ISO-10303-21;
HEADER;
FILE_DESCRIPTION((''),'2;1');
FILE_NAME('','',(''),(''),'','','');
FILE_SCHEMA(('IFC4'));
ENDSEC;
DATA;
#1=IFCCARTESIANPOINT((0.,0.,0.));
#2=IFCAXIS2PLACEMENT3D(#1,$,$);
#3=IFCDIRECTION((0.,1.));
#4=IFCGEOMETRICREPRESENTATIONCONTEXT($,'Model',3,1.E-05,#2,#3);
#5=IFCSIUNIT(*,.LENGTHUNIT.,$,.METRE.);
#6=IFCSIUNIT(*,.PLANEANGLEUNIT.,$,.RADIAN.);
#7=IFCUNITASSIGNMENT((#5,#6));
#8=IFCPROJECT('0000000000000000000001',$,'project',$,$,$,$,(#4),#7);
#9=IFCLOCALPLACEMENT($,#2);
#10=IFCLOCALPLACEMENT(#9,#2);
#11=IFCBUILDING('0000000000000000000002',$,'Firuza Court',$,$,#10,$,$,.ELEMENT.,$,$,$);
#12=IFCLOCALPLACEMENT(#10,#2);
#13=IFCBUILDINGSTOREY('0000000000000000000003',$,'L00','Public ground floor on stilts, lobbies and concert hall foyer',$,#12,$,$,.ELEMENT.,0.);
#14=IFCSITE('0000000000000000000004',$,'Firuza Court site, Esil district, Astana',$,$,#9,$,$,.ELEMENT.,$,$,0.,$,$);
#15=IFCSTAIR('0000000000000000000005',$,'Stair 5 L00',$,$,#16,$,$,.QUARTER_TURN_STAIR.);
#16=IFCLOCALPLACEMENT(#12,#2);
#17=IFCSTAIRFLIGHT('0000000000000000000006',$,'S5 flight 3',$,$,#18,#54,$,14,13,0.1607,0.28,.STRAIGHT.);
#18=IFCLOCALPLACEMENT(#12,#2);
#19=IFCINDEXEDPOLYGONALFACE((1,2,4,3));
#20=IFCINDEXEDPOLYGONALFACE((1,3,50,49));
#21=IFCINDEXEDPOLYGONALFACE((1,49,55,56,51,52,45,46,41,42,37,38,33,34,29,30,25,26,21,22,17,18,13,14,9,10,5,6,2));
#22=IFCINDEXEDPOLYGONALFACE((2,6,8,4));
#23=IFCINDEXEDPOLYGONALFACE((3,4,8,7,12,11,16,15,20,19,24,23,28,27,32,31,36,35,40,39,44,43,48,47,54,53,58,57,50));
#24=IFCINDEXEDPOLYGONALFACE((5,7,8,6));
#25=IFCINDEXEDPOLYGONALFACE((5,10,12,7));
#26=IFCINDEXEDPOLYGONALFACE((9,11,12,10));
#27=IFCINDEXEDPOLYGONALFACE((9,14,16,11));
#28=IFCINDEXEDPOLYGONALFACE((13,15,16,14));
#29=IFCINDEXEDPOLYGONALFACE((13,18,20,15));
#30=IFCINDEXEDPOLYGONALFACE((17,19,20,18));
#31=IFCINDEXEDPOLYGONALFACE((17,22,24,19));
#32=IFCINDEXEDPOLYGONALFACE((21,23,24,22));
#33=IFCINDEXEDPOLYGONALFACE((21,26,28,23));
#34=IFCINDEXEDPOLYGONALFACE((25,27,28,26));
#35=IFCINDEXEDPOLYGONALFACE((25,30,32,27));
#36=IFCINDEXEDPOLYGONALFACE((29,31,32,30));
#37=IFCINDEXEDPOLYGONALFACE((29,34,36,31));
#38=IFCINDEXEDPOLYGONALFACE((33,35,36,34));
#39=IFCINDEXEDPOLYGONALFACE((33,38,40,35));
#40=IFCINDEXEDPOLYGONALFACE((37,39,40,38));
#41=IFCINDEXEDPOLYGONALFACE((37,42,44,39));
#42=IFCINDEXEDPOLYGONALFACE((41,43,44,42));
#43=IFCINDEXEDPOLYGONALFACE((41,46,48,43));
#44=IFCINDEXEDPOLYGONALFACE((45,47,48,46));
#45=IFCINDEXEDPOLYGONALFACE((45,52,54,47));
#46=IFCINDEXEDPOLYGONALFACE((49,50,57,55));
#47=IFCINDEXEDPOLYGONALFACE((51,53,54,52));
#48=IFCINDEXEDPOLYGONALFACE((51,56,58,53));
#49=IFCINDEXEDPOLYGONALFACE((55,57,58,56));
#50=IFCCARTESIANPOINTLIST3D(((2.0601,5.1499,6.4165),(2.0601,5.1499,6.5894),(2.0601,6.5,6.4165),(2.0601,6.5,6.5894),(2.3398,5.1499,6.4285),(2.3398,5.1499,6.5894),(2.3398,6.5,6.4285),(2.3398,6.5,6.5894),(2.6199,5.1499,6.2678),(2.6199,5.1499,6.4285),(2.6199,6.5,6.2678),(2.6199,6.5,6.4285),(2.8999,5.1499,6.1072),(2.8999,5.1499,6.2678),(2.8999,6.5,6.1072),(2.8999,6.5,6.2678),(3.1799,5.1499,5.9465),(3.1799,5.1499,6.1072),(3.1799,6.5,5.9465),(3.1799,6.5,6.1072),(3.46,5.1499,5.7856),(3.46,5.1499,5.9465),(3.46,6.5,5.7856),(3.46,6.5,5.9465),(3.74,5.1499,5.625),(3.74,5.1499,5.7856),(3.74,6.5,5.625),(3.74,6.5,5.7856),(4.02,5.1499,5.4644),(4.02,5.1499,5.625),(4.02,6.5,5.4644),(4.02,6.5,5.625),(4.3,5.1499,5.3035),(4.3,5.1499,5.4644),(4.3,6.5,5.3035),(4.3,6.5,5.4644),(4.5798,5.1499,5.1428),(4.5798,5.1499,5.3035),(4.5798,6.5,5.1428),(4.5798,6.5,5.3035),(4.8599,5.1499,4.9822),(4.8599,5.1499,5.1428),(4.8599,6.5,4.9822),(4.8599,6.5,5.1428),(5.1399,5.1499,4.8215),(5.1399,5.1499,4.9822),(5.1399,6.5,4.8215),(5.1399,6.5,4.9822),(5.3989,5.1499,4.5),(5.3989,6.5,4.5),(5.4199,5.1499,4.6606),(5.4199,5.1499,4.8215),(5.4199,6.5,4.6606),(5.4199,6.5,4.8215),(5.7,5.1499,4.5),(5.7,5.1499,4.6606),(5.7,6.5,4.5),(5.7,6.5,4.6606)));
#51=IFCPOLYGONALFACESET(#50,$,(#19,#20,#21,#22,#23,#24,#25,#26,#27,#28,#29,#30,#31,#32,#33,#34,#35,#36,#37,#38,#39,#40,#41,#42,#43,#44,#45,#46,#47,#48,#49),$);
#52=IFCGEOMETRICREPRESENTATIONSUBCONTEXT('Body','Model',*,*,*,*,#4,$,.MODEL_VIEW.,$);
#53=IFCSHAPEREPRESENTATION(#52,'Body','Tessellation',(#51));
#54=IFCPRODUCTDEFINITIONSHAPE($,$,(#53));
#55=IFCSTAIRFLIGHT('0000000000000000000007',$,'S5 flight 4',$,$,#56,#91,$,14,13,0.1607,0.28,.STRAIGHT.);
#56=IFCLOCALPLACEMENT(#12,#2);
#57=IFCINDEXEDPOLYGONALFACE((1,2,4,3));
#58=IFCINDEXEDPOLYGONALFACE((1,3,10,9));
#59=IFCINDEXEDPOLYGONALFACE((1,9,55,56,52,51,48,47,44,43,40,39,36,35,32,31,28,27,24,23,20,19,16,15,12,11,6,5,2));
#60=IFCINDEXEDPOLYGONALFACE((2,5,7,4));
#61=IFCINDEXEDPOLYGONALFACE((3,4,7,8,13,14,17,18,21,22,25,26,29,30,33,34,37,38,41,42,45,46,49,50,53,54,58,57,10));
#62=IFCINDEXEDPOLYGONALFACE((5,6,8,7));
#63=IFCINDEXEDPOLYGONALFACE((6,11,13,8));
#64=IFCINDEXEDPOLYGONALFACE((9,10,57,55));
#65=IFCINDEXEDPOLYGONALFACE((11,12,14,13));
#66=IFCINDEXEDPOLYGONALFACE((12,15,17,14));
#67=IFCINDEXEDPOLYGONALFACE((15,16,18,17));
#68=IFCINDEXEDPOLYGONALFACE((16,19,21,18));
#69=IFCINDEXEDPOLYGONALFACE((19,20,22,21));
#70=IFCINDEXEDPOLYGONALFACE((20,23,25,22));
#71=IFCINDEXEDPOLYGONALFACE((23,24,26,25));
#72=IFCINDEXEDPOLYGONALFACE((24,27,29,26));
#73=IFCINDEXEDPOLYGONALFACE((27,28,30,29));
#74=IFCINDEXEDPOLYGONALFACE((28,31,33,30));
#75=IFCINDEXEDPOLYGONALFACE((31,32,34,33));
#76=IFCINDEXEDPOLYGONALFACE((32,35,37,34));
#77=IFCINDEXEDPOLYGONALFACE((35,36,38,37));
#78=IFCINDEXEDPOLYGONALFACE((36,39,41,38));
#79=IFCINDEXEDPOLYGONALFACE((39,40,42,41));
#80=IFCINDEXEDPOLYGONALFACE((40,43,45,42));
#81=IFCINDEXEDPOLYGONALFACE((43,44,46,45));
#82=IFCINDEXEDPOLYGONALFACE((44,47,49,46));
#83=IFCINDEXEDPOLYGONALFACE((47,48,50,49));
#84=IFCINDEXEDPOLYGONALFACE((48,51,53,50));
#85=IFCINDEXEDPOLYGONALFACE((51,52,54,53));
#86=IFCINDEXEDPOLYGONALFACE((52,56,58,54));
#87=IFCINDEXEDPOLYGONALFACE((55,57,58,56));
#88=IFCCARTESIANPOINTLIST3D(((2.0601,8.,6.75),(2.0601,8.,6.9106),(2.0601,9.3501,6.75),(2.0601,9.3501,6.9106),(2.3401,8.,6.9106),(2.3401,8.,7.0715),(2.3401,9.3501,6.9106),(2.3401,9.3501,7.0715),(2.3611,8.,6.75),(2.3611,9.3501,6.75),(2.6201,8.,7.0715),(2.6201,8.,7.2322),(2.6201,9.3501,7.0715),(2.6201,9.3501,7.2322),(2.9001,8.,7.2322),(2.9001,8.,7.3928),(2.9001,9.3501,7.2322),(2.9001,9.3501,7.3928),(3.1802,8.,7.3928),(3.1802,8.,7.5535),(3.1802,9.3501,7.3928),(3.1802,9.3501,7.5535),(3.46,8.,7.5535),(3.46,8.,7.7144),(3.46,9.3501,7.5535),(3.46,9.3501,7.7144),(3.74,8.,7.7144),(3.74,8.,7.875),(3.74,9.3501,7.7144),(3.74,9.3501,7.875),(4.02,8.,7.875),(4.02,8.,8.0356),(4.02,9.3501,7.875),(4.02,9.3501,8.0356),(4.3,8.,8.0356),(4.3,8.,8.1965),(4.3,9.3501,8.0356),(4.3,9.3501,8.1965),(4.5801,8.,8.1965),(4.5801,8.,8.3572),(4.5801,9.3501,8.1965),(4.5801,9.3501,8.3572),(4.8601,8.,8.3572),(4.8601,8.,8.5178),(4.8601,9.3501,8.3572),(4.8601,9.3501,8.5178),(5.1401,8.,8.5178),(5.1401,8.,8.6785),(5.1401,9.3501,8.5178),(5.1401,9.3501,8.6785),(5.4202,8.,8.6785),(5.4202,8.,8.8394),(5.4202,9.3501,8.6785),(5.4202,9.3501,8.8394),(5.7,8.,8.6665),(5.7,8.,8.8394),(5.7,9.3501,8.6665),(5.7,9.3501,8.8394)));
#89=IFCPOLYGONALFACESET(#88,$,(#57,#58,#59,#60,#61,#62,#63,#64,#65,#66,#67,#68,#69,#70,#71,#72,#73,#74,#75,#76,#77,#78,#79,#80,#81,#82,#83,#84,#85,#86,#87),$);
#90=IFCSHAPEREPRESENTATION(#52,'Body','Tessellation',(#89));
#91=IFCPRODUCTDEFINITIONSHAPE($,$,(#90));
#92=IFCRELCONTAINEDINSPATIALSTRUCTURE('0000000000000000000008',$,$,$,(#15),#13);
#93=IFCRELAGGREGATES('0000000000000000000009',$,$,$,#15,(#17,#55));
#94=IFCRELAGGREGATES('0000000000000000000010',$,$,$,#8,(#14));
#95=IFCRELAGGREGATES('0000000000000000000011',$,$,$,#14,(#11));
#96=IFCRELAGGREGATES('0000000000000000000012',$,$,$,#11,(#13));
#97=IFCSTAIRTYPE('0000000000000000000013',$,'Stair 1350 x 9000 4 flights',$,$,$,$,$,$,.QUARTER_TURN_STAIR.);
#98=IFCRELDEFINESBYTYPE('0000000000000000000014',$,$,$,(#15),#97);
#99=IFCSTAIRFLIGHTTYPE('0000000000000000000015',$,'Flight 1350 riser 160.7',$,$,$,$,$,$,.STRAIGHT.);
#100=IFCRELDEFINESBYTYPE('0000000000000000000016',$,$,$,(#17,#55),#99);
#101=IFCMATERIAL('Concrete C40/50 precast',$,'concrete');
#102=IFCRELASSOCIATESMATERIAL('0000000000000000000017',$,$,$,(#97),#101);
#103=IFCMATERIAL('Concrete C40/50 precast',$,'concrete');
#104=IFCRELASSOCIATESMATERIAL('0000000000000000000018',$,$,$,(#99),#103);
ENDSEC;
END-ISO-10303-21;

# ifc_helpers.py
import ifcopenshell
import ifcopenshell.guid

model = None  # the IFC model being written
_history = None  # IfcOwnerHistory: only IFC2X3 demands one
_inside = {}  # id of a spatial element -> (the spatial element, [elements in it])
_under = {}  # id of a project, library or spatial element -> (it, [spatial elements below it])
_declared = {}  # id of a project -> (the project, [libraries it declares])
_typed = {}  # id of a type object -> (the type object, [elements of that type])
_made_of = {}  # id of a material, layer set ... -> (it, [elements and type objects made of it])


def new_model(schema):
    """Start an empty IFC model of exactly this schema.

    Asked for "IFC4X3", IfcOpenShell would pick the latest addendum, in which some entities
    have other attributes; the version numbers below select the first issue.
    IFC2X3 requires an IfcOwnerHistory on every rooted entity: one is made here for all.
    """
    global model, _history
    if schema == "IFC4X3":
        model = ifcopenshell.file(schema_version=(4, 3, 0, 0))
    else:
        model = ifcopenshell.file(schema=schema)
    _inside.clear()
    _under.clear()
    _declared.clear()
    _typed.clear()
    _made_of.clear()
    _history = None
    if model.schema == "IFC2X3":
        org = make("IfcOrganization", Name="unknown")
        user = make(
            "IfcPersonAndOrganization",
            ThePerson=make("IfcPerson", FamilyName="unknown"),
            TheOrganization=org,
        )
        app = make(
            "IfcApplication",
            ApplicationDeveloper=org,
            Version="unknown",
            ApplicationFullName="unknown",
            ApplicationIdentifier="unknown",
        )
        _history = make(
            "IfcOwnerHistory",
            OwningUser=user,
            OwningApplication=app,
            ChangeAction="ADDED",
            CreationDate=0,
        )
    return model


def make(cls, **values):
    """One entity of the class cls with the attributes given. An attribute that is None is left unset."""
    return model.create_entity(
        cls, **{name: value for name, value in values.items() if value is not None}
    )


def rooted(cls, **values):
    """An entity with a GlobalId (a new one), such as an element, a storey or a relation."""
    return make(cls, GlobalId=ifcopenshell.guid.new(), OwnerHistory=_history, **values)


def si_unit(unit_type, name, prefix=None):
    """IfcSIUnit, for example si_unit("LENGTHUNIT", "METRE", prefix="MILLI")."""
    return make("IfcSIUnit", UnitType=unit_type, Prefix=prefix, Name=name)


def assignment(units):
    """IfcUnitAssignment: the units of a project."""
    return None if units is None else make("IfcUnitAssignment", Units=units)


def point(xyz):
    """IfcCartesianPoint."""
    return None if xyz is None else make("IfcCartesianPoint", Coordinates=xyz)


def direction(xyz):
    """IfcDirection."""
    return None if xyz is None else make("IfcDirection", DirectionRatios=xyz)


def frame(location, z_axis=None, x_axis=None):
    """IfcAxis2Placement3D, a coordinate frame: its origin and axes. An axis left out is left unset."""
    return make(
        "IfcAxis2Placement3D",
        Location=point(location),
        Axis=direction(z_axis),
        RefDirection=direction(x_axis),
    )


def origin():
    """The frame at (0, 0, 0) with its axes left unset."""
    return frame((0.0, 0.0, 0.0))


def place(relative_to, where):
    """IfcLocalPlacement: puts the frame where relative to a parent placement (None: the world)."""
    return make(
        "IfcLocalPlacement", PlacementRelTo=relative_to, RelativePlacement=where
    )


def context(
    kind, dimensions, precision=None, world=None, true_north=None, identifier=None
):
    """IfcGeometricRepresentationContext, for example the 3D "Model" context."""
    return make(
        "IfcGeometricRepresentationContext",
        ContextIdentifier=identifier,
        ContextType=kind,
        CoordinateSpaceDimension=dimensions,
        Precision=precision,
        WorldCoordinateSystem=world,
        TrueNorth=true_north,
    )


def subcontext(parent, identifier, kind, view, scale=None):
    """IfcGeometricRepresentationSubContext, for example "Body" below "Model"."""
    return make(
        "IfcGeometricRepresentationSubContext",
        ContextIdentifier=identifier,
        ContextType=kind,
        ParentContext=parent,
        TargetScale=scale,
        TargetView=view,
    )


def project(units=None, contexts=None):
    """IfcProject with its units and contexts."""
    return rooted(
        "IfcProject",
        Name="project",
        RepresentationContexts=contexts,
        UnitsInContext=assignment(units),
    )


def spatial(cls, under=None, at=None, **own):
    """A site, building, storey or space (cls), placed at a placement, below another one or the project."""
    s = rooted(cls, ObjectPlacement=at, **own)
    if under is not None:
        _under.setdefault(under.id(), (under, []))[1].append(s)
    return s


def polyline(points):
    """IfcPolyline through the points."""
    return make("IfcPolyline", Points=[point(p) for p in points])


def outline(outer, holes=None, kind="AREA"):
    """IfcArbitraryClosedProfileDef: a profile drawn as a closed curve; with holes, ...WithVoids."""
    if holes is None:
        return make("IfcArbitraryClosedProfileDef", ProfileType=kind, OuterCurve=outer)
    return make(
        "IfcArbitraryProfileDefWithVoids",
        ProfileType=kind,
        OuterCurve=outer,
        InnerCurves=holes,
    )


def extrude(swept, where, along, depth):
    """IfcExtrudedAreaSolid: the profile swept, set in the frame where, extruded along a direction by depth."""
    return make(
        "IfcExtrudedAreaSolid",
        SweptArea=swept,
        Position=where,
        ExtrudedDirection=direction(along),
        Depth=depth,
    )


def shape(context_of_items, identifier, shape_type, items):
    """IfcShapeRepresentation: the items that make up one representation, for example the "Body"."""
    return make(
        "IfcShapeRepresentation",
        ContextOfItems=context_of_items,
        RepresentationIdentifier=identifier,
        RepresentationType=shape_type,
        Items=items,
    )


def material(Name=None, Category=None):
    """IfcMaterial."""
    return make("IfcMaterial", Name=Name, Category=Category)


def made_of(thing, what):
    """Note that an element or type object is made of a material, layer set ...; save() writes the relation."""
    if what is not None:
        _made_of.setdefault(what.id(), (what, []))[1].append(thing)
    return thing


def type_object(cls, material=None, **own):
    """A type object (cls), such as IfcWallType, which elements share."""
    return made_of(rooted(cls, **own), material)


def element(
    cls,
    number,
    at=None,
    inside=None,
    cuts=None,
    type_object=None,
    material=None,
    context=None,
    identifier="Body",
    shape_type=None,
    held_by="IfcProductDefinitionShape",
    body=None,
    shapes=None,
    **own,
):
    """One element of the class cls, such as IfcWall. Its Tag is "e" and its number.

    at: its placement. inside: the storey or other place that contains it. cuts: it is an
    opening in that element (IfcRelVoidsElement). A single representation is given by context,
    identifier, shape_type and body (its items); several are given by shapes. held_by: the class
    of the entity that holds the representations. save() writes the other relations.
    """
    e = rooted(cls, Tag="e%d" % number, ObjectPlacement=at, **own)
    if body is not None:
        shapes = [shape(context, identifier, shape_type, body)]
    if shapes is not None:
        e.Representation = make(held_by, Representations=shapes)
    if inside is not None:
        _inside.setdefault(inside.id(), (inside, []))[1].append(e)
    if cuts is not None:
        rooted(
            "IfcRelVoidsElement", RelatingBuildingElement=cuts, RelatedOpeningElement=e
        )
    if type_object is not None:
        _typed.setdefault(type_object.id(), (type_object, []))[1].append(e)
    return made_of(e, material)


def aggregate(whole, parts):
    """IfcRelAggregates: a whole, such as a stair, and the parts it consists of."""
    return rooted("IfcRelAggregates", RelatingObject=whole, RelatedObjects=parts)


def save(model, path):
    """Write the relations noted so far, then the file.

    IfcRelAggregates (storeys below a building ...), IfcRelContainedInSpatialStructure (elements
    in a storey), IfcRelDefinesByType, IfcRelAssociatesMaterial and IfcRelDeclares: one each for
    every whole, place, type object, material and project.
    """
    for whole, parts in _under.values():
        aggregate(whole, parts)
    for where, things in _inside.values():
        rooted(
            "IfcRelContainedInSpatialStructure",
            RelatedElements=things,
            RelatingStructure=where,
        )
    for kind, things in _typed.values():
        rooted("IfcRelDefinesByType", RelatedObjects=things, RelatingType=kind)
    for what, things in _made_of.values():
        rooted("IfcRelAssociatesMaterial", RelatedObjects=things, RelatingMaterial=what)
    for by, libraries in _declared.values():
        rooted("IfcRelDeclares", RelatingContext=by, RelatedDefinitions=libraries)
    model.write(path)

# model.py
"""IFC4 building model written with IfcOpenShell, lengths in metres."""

from ifc_helpers import new_model, si_unit, direction, frame, origin, place, context, subcontext, project, spatial, polyline, outline, extrude, material, type_object, element, aggregate, save


model = new_model("IFC4")

# Units and contexts
model_context = context("Model", 3, precision=1e-05, world=origin(), true_north=direction((0.0, 1.0)))
body_context = subcontext(model_context, "Body", "Model", "MODEL_VIEW")
ifc_project = project(units=[si_unit("LENGTHUNIT", "METRE"), si_unit("PLANEANGLEUNIT", "RADIAN")], contexts=[model_context])

# Site, building, storey
site_placement = place(None, origin())
site = spatial("IfcSite", under=ifc_project, at=site_placement, Name="Firuza Court site, Esil district, Astana", CompositionType="ELEMENT", RefElevation=0.0)
building_placement = place(site_placement, origin())
building = spatial("IfcBuilding", under=site, at=building_placement, Name="Firuza Court", CompositionType="ELEMENT")
storey_placement = place(building_placement, origin())
storey = spatial("IfcBuildingStorey", under=building, at=storey_placement, Name="L00", Description="Public ground floor on stilts, lobbies and concert hall foyer", CompositionType="ELEMENT", Elevation=0.0)

# Stair, stair flights
ifc_material_1 = material(Name="Concrete C40/50 precast", Category="concrete")
stair_type = type_object("IfcStairType", Name="Stair 1350 x 9000 4 flights", PredefinedType="QUARTER_TURN_STAIR", material=ifc_material_1)
stair_placement = place(storey_placement, origin())
stair = element("IfcStair", 1, at=stair_placement, inside=storey, type_object=stair_type, Name="Stair 5 L00", PredefinedType="QUARTER_TURN_STAIR")
ifc_material_2 = material(Name="Concrete C40/50 precast", Category="concrete")
stair_flight_type = type_object("IfcStairFlightType", Name="Flight 1350 riser 160.7", PredefinedType="STRAIGHT", material=ifc_material_2)
stair_flight_1_placement = place(storey_placement, frame((5.7, 5.825, 4.5), z_axis=(0.0, 0.0, 1.0), x_axis=(-1.0, 0.0, 0.0)))
stair_flight_1 = element("IfcStairFlight", 2, at=stair_flight_1_placement, type_object=stair_flight_type, Name="S5 flight 3", NumberOfRisers=14, NumberOfTreads=13, PredefinedType="STRAIGHT", RiserHeight=0.1607, TreadLength=0.28, context=body_context, shape_type="SweptSolid", body=[
    extrude(outline(polyline([(0.0, 0.0), (0.0, 0.1606), (0.28, 0.1606), (0.28, 0.3215), (0.5601, 0.3215), (0.5601, 0.4822), (0.8401, 0.4822), (0.8401, 0.6428), (1.1201, 0.6428), (1.1201, 0.8035), (1.3999, 0.8035), (1.3999, 0.9644), (1.6799, 0.9644), (1.6799, 1.125), (1.96, 1.125), (1.96, 1.2856), (2.24, 1.2856), (2.24, 1.4465), (2.52, 1.4465), (2.52, 1.6072), (2.8, 1.6072), (2.8, 1.7678), (3.0801, 1.7678), (3.0801, 1.9285), (3.3601, 1.9285), (3.3601, 2.0894), (3.6399, 2.0894), (3.6399, 2.25), (3.6399, 1.9165), (0.301, 0.0), (0.0, 0.0)])), frame((0.0, 0.675, 0.0), z_axis=(0.0, -1.0, 0.0), x_axis=(1.0, 0.0, 0.0)), (0.0, 0.0, 1.0), 1.3501),
])
stair_flight_2_placement = place(storey_placement, frame((2.0601, 8.675, 6.75), z_axis=(0.0, 0.0, 1.0), x_axis=(1.0, 0.0, 0.0)))
stair_flight_2 = element("IfcStairFlight", 3, at=stair_flight_2_placement, type_object=stair_flight_type, Name="S5 flight 4", NumberOfRisers=14, NumberOfTreads=13, PredefinedType="STRAIGHT", RiserHeight=0.1607, TreadLength=0.28, context=body_context, shape_type="SweptSolid", body=[
    extrude(outline(polyline([(0.0, 0.0), (0.0, 0.1606), (0.28, 0.1606), (0.28, 0.3215), (0.5601, 0.3215), (0.5601, 0.4822), (0.8401, 0.4822), (0.8401, 0.6428), (1.1201, 0.6428), (1.1201, 0.8035), (1.3999, 0.8035), (1.3999, 0.9644), (1.6799, 0.9644), (1.6799, 1.125), (1.96, 1.125), (1.96, 1.2856), (2.24, 1.2856), (2.24, 1.4465), (2.52, 1.4465), (2.52, 1.6072), (2.8, 1.6072), (2.8, 1.7678), (3.0801, 1.7678), (3.0801, 1.9285), (3.3601, 1.9285), (3.3601, 2.0894), (3.6399, 2.0894), (3.6399, 2.25), (3.6399, 1.9165), (0.301, 0.0), (0.0, 0.0)])), frame((0.0, 0.675, 0.0), z_axis=(0.0, -1.0, 0.0), x_axis=(1.0, 0.0, 0.0)), (0.0, 0.0, 1.0), 1.3501),
])
aggregate(stair, [stair_flight_1, stair_flight_2])

save(model, "model.ifc")
